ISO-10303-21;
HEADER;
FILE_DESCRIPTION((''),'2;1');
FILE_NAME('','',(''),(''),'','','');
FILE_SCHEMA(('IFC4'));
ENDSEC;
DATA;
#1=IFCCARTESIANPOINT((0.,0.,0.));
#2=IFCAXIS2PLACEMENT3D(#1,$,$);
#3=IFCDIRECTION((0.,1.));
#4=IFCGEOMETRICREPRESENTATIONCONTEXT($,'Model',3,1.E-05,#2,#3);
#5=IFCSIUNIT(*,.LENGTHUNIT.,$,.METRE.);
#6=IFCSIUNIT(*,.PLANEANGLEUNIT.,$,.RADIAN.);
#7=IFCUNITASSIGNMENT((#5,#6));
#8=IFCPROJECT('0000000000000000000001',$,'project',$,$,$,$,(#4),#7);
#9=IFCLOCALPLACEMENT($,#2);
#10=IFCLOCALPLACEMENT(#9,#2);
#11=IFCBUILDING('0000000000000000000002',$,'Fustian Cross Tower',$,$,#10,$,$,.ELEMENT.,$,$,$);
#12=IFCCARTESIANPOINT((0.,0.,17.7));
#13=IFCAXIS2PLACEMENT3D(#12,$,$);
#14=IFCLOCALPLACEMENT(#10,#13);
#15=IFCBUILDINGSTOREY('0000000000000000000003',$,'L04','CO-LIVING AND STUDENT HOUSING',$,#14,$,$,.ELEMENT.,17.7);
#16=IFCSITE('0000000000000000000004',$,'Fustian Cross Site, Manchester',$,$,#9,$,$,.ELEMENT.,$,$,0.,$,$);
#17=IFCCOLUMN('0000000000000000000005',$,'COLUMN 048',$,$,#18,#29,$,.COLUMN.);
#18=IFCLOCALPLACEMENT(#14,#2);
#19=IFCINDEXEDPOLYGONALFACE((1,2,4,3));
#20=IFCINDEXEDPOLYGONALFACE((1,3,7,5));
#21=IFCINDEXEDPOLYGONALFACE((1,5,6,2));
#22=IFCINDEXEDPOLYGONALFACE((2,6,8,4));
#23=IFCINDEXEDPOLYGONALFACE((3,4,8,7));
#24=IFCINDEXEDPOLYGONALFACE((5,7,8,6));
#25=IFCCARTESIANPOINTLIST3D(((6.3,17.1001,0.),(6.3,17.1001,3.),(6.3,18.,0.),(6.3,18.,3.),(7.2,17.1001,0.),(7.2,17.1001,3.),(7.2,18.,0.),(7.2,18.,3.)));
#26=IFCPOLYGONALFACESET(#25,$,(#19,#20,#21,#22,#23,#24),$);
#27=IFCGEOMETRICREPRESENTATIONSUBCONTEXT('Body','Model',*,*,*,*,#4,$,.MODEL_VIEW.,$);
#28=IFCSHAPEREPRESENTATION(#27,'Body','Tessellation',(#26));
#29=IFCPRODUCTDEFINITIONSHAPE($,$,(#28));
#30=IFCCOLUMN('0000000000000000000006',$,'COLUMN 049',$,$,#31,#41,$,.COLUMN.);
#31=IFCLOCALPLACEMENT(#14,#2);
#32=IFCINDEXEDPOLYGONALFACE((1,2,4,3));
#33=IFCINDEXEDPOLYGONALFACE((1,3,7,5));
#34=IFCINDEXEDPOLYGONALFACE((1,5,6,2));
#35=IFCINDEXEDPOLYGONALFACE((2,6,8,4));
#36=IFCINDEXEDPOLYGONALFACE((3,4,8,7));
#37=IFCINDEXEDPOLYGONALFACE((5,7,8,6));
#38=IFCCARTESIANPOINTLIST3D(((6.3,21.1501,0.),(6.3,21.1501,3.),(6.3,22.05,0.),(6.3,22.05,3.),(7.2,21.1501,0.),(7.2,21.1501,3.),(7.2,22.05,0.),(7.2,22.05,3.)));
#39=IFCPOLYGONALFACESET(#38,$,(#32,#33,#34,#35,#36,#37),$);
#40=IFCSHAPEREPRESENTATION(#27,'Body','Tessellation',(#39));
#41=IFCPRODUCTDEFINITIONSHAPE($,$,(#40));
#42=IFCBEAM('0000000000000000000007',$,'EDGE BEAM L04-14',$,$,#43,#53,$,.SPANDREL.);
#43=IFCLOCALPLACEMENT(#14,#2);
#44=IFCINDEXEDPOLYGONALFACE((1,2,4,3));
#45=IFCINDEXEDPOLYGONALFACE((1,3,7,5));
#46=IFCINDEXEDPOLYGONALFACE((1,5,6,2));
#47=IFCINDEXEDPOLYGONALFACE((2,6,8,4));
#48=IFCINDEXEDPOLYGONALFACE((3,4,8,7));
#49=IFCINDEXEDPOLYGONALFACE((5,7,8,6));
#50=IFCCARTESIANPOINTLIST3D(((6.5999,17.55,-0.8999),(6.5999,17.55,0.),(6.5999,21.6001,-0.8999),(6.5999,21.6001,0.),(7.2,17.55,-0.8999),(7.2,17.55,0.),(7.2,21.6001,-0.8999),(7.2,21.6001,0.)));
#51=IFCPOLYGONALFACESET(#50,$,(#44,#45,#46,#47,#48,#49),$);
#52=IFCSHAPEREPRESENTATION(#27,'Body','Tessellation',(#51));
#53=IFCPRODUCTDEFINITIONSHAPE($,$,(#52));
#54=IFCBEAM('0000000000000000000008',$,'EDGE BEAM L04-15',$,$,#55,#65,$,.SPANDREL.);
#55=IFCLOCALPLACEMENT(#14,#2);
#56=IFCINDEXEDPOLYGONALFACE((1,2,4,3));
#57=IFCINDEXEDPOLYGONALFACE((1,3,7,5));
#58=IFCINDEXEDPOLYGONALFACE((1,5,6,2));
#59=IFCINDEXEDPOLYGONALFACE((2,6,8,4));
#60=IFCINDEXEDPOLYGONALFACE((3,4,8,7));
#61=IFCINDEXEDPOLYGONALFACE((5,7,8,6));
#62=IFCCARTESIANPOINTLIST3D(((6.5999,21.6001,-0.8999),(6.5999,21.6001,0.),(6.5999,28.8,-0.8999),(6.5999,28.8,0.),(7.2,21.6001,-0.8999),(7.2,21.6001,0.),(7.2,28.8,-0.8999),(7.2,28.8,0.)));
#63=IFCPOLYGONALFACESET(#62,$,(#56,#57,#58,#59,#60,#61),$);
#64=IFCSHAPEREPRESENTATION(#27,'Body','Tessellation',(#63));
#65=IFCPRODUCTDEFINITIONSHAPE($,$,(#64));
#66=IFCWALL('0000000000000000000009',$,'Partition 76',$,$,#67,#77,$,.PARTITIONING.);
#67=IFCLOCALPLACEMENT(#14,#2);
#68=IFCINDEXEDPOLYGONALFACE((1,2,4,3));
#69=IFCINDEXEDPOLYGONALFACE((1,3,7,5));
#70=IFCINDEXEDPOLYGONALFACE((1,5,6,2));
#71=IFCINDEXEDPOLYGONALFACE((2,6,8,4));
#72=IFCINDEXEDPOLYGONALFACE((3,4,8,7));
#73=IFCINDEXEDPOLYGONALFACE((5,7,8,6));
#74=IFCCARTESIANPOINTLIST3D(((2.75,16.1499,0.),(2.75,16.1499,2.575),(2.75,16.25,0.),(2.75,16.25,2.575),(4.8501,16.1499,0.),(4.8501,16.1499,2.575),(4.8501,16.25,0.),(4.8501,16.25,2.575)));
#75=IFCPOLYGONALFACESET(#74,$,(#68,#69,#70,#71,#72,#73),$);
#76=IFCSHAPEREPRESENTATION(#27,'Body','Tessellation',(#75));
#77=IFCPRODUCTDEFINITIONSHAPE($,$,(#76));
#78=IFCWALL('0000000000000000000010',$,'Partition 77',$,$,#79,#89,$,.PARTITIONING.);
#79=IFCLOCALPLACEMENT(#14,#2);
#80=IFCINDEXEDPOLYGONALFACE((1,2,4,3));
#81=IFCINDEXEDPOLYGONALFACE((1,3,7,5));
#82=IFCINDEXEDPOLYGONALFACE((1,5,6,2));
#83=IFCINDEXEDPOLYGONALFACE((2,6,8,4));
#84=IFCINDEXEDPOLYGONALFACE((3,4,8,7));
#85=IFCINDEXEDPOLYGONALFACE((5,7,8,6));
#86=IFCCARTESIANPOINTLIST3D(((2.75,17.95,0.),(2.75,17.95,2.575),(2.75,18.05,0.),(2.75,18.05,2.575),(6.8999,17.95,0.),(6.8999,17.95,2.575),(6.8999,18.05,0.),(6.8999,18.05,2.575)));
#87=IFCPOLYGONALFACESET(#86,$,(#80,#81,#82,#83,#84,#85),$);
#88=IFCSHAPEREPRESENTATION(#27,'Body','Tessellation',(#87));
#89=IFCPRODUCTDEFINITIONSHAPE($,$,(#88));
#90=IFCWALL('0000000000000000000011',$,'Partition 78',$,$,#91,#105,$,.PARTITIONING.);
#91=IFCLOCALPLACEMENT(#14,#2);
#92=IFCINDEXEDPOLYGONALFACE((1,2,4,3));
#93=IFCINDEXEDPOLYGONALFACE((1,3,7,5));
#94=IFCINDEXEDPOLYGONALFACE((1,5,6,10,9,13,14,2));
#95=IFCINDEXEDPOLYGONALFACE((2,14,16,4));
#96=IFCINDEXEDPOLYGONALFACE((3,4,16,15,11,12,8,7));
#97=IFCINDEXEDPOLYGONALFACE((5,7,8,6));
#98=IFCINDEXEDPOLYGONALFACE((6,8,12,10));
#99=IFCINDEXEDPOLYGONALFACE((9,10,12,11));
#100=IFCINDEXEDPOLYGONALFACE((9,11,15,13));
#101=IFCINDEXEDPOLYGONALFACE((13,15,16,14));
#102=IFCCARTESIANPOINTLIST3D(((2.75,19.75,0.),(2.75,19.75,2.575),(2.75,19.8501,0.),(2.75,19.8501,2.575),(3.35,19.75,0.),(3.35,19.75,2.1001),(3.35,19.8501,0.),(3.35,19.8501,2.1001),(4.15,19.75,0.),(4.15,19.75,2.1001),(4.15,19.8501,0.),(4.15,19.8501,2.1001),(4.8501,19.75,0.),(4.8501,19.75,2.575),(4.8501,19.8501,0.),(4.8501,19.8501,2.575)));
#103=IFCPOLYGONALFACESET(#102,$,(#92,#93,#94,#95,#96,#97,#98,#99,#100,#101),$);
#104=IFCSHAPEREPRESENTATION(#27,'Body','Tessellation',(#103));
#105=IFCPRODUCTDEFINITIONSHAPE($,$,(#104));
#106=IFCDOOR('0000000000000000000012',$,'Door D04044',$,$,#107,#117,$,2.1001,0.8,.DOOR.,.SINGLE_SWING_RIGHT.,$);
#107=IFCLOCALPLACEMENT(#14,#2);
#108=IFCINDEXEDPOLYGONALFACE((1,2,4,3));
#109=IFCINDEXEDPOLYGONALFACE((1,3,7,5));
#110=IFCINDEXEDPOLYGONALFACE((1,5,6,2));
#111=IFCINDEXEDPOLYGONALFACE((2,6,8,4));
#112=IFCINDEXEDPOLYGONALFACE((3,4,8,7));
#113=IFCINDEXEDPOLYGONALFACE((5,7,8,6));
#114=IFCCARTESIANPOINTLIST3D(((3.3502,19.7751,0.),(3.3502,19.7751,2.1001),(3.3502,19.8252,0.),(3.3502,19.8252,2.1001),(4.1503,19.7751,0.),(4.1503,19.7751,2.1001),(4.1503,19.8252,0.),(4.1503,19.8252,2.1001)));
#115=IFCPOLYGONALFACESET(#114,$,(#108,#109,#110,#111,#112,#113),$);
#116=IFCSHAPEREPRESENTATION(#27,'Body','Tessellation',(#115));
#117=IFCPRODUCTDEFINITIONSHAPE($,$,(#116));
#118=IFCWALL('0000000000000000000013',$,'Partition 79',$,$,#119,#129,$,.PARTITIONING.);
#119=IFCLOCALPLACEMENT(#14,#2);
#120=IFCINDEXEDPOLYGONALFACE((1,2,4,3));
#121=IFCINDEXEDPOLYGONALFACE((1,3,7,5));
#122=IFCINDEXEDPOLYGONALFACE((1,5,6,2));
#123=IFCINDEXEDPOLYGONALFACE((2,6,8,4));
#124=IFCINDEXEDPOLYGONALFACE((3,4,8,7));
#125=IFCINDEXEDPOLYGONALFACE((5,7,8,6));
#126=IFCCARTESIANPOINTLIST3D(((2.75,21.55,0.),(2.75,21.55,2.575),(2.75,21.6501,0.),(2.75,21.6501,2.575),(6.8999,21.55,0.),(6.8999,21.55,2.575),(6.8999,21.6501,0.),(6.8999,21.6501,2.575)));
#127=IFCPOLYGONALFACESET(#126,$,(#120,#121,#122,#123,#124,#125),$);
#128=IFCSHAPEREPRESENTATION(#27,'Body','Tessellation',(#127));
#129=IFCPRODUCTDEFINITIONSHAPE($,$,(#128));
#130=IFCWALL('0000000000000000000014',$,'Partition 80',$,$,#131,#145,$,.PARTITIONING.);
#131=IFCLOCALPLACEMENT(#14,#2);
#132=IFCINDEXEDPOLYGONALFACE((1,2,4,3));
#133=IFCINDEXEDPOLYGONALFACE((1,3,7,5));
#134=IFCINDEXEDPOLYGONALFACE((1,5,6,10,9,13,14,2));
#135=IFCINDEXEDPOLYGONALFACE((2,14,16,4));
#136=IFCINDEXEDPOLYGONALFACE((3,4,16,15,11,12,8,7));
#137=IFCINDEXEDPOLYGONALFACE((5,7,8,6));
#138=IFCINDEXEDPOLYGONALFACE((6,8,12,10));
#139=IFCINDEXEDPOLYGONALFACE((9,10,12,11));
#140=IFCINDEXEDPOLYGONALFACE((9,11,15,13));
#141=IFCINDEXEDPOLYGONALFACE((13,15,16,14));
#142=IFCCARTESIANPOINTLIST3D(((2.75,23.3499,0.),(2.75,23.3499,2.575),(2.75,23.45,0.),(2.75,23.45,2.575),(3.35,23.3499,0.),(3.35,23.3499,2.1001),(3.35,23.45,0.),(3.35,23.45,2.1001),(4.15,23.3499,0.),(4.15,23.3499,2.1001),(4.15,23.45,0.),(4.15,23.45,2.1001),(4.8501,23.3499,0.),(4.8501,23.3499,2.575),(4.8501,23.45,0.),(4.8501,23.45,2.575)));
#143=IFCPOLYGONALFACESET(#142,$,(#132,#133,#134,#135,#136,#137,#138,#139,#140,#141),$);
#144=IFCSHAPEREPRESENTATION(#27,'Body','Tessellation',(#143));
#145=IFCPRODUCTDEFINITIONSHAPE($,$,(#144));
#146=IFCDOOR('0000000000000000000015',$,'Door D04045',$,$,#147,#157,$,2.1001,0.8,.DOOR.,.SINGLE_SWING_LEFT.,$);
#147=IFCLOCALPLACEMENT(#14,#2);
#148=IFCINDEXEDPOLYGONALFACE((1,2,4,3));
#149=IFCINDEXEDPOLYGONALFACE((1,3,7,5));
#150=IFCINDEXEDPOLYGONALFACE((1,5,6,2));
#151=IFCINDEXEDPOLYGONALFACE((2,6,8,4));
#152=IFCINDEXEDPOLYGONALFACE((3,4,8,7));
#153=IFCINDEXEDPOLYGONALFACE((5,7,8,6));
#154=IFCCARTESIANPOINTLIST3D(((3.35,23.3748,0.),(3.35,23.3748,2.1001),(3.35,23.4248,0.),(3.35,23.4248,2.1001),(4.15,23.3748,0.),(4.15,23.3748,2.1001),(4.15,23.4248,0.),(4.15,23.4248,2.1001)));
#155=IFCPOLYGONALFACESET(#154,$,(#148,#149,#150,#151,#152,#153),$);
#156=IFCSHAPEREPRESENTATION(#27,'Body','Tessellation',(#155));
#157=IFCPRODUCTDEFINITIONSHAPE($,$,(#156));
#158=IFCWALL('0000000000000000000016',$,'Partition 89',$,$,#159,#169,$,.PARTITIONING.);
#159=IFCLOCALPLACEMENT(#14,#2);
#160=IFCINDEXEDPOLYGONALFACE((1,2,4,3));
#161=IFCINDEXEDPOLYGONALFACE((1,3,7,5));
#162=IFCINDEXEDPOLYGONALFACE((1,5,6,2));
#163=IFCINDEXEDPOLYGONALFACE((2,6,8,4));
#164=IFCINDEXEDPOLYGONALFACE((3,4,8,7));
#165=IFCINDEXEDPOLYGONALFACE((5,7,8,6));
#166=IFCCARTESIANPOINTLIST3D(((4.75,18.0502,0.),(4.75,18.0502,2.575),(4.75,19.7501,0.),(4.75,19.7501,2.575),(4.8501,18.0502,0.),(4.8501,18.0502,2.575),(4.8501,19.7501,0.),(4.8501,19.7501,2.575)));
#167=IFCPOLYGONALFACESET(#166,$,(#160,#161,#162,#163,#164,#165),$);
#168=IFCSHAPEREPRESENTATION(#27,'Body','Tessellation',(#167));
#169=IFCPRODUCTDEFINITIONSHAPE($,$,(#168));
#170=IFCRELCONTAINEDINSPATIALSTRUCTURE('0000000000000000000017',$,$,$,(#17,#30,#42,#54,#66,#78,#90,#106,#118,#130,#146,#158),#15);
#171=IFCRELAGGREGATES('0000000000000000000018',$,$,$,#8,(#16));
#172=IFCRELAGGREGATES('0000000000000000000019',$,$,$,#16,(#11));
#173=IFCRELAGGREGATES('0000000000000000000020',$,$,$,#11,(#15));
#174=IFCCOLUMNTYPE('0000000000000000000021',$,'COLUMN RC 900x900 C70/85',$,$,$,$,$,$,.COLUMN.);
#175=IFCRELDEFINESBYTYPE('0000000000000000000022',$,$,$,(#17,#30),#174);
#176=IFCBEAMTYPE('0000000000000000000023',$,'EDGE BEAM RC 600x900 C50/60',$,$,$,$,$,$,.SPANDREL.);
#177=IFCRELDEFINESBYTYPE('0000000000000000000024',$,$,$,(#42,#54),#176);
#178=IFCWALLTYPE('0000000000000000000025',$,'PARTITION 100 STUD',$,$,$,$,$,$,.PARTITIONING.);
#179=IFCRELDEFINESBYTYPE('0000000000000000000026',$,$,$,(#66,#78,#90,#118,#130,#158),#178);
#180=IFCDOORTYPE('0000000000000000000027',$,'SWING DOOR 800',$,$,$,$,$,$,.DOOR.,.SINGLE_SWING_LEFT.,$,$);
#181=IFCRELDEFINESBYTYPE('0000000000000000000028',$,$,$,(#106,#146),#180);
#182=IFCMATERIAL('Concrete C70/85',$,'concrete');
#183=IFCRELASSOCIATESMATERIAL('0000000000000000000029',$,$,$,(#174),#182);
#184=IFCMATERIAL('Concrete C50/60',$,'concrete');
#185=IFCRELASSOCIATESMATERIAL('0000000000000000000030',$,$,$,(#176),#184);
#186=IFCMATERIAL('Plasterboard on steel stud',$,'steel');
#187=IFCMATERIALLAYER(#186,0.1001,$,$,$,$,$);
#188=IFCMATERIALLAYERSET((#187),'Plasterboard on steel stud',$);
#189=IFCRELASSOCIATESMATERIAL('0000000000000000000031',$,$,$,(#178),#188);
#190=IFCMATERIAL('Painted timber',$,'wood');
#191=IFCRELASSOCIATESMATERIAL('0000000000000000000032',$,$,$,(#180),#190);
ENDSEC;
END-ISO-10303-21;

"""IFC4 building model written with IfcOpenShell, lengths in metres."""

from ifc_helpers import new_model, si_unit, direction, frame, frame_2d, origin, origin_2d, place, context, subcontext, project, spatial, rectangle, extrude, material, layer, layer_set, material_profile, profile_set, type_object, element, fill, save


model = new_model("IFC4")

# Units and contexts
model_context = context("Model", 3, precision=1e-05, world=origin(), true_north=direction((0.0, 1.0)))
body_context = subcontext(model_context, "Body", "Model", "MODEL_VIEW")
ifc_project = project(units=[si_unit("LENGTHUNIT", "METRE"), si_unit("PLANEANGLEUNIT", "RADIAN")], contexts=[model_context])

# Site, building, storey
site_placement = place(None, origin())
site = spatial("IfcSite", under=ifc_project, at=site_placement, Name="Fustian Cross Site, Manchester", CompositionType="ELEMENT", RefElevation=0.0)
building_placement = place(site_placement, origin())
building = spatial("IfcBuilding", under=site, at=building_placement, Name="Fustian Cross Tower", CompositionType="ELEMENT")
storey_placement = place(building_placement, frame((0.0, 0.0, 17.7)))
storey = spatial("IfcBuildingStorey", under=building, at=storey_placement, Name="L04", Description="CO-LIVING AND STUDENT HOUSING", CompositionType="ELEMENT", Elevation=17.7)

# Columns
ifc_material_1 = material(Name="Concrete C70/85", Category="concrete")
ifc_material_profile_1 = material_profile(ifc_material_1, rectangle(XDim=0.8999, YDim=0.8999, at=origin_2d()), Name="RC 900x900")
ifc_profile_set_1 = profile_set([ifc_material_profile_1], Name="Concrete C70/85")
column_type = type_object("IfcColumnType", Name="COLUMN RC 900x900 C70/85", PredefinedType="COLUMN", material=ifc_profile_set_1)
for number, where, z_axis, x_axis, name in (
    (1, (6.75, 17.55, 0.0), (0.0, 0.0, 1.0), (1.0, 0.0, 0.0), "COLUMN 048"),
    (2, (6.75, 21.6001, 0.0), (0.0, 0.0, 1.0), (1.0, 0.0, 0.0), "COLUMN 049"),
):
    element("IfcColumn", number, at=place(storey_placement, frame(where, z_axis=z_axis, x_axis=x_axis)), inside=storey, type_object=column_type, Name=name, PredefinedType="COLUMN", context=body_context, shape_type="SweptSolid", body=[
        extrude(rectangle(XDim=0.8999, YDim=0.8999, at=origin_2d()), origin(), (0.0, 0.0, 1.0), 3.0),
    ])

# Beams
ifc_material_2 = material(Name="Concrete C50/60", Category="concrete")
ifc_material_profile_2 = material_profile(ifc_material_2, rectangle(XDim=0.6001, YDim=0.8999, at=origin_2d()), Name="RC 600x900")
ifc_profile_set_2 = profile_set([ifc_material_profile_2], Name="Concrete C50/60")
beam_type = type_object("IfcBeamType", Name="EDGE BEAM RC 600x900 C50/60", PredefinedType="SPANDREL", material=ifc_profile_set_2)
beam_1_placement = place(storey_placement, frame((6.8999, 17.55, -0.45), z_axis=(0.0, 1.0, 0.0), x_axis=(-1.0, 0.0, 0.0)))
element("IfcBeam", 3, at=beam_1_placement, inside=storey, type_object=beam_type, Name="EDGE BEAM L04-14", PredefinedType="SPANDREL", context=body_context, shape_type="SweptSolid", body=[
    extrude(rectangle(XDim=0.6001, YDim=0.8999, at=origin_2d()), origin(), (0.0, 0.0, 1.0), 4.05),
])
beam_2_placement = place(storey_placement, frame((6.8999, 21.6001, -0.45), z_axis=(0.0, 1.0, 0.0), x_axis=(-1.0, 0.0, 0.0)))
element("IfcBeam", 4, at=beam_2_placement, inside=storey, type_object=beam_type, Name="EDGE BEAM L04-15", PredefinedType="SPANDREL", context=body_context, shape_type="SweptSolid", body=[
    extrude(rectangle(XDim=0.6001, YDim=0.8999, at=origin_2d()), origin(), (0.0, 0.0, 1.0), 7.2),
])

# Walls
ifc_material_3 = material(Name="Plasterboard on steel stud", Category="steel")
ifc_layer_1 = layer(ifc_material_3, 0.1001)
ifc_layer_set_1 = layer_set([ifc_layer_1], Name="Plasterboard on steel stud")
wall_type_1 = type_object("IfcWallType", Name="PARTITION 100 STUD", PredefinedType="PARTITIONING", material=ifc_layer_set_1)
wall_1_placement = place(storey_placement, frame((2.75, 16.2, 0.0), z_axis=(0.0, 0.0, 1.0), x_axis=(1.0, 0.0, 0.0)))
element("IfcWall", 5, at=wall_1_placement, inside=storey, type_object=wall_type_1, Name="Partition 76", PredefinedType="PARTITIONING", context=body_context, shape_type="SweptSolid", body=[
    extrude(rectangle(XDim=2.1001, YDim=0.1001, at=frame_2d((1.05, 0.0))), origin(), (0.0, 0.0, 1.0), 2.575),
])
wall_2_placement = place(storey_placement, frame((2.75, 18.0, 0.0), z_axis=(0.0, 0.0, 1.0), x_axis=(1.0, 0.0, 0.0)))
element("IfcWall", 6, at=wall_2_placement, inside=storey, type_object=wall_type_1, Name="Partition 77", PredefinedType="PARTITIONING", context=body_context, shape_type="SweptSolid", body=[
    extrude(rectangle(XDim=4.1499, YDim=0.1001, at=frame_2d((2.075, 0.0))), origin(), (0.0, 0.0, 1.0), 2.575),
])

# Wall, opening, door
wall_3_placement = place(storey_placement, frame((2.75, 19.8, 0.0), z_axis=(0.0, 0.0, 1.0), x_axis=(1.0, 0.0, 0.0)))
wall_3 = element("IfcWall", 7, at=wall_3_placement, inside=storey, type_object=wall_type_1, Name="Partition 78", PredefinedType="PARTITIONING", context=body_context, shape_type="SweptSolid", body=[
    extrude(rectangle(XDim=2.1001, YDim=0.1001, at=frame_2d((1.05, 0.0))), origin(), (0.0, 0.0, 1.0), 2.575),
])
opening_1_placement = place(wall_3_placement, frame((0.6001, 0.0, 0.0)))
opening_1 = element("IfcOpeningElement", 8, at=opening_1_placement, cuts=wall_3, PredefinedType="OPENING", context=body_context, shape_type="SweptSolid", body=[
    extrude(rectangle(XDim=0.8, YDim=2.1001, at=frame_2d((0.3999, 1.05))), frame((0.0, 0.0601, 0.0), z_axis=(0.0, -1.0, 0.0), x_axis=(1.0, 0.0, 0.0)), (0.0, 0.0, 1.0), 0.1201),
])
ifc_material_4 = material(Name="Painted timber", Category="wood")
door_type = type_object("IfcDoorType", Name="SWING DOOR 800", OperationType="SINGLE_SWING_LEFT", PredefinedType="DOOR", material=ifc_material_4)
door_1_placement = place(opening_1_placement, frame((0.8, 0.0, 0.0), z_axis=(0.0, 0.0, 1.0), x_axis=(-1.0, 0.0, 0.0)))
door_1 = element("IfcDoor", 9, at=door_1_placement, inside=storey, type_object=door_type, Name="Door D04044", OperationType="SINGLE_SWING_RIGHT", OverallHeight=2.1001, OverallWidth=0.8, PredefinedType="DOOR", context=body_context, shape_type="SweptSolid", body=[
    extrude(rectangle(XDim=0.8, YDim=2.1001, at=frame_2d((0.3999, 1.05))), frame((0.0, 0.0249, 0.0), z_axis=(0.0, -1.0, 0.0), x_axis=(1.0, 0.0, 0.0)), (0.0, 0.0, 1.0), 0.05),
])
fill(opening_1, door_1)

# Wall
wall_4_placement = place(storey_placement, frame((2.75, 21.6001, 0.0), z_axis=(0.0, 0.0, 1.0), x_axis=(1.0, 0.0, 0.0)))
element("IfcWall", 10, at=wall_4_placement, inside=storey, type_object=wall_type_1, Name="Partition 79", PredefinedType="PARTITIONING", context=body_context, shape_type="SweptSolid", body=[
    extrude(rectangle(XDim=4.1499, YDim=0.1001, at=frame_2d((2.075, 0.0))), origin(), (0.0, 0.0, 1.0), 2.575),
])

# Wall, opening, door
wall_5_placement = place(storey_placement, frame((2.75, 23.3999, 0.0), z_axis=(0.0, 0.0, 1.0), x_axis=(1.0, 0.0, 0.0)))
wall_5 = element("IfcWall", 11, at=wall_5_placement, inside=storey, type_object=wall_type_1, Name="Partition 80", PredefinedType="PARTITIONING", context=body_context, shape_type="SweptSolid", body=[
    extrude(rectangle(XDim=2.1001, YDim=0.1001, at=frame_2d((1.05, 0.0))), origin(), (0.0, 0.0, 1.0), 2.575),
])
opening_2_placement = place(wall_5_placement, frame((0.6001, 0.0, 0.0)))
opening_2 = element("IfcOpeningElement", 12, at=opening_2_placement, cuts=wall_5, PredefinedType="OPENING", context=body_context, shape_type="SweptSolid", body=[
    extrude(rectangle(XDim=0.8, YDim=2.1001, at=frame_2d((0.3999, 1.05))), frame((0.0, 0.0601, 0.0), z_axis=(0.0, -1.0, 0.0), x_axis=(1.0, 0.0, 0.0)), (0.0, 0.0, 1.0), 0.1201),
])
door_2_placement = place(opening_2_placement, origin())
door_2 = element("IfcDoor", 13, at=door_2_placement, inside=storey, type_object=door_type, Name="Door D04045", OperationType="SINGLE_SWING_LEFT", OverallHeight=2.1001, OverallWidth=0.8, PredefinedType="DOOR", context=body_context, shape_type="SweptSolid", body=[
    extrude(rectangle(XDim=0.8, YDim=2.1001, at=frame_2d((0.3999, 1.05))), frame((0.0, 0.0249, 0.0), z_axis=(0.0, -1.0, 0.0), x_axis=(1.0, 0.0, 0.0)), (0.0, 0.0, 1.0), 0.05),
])
fill(opening_2, door_2)

# Wall
wall_6_placement = place(storey_placement, frame((4.8, 18.05, 0.0), z_axis=(0.0, 0.0, 1.0), x_axis=(0.0, 1.0, 0.0)))
element("IfcWall", 14, at=wall_6_placement, inside=storey, type_object=wall_type_1, Name="Partition 89", PredefinedType="PARTITIONING", context=body_context, shape_type="SweptSolid", body=[
    extrude(rectangle(XDim=1.7, YDim=0.1001, at=frame_2d((0.8501, 0.0))), origin(), (0.0, 0.0, 1.0), 2.575),
])

save(model, "model.ifc")
